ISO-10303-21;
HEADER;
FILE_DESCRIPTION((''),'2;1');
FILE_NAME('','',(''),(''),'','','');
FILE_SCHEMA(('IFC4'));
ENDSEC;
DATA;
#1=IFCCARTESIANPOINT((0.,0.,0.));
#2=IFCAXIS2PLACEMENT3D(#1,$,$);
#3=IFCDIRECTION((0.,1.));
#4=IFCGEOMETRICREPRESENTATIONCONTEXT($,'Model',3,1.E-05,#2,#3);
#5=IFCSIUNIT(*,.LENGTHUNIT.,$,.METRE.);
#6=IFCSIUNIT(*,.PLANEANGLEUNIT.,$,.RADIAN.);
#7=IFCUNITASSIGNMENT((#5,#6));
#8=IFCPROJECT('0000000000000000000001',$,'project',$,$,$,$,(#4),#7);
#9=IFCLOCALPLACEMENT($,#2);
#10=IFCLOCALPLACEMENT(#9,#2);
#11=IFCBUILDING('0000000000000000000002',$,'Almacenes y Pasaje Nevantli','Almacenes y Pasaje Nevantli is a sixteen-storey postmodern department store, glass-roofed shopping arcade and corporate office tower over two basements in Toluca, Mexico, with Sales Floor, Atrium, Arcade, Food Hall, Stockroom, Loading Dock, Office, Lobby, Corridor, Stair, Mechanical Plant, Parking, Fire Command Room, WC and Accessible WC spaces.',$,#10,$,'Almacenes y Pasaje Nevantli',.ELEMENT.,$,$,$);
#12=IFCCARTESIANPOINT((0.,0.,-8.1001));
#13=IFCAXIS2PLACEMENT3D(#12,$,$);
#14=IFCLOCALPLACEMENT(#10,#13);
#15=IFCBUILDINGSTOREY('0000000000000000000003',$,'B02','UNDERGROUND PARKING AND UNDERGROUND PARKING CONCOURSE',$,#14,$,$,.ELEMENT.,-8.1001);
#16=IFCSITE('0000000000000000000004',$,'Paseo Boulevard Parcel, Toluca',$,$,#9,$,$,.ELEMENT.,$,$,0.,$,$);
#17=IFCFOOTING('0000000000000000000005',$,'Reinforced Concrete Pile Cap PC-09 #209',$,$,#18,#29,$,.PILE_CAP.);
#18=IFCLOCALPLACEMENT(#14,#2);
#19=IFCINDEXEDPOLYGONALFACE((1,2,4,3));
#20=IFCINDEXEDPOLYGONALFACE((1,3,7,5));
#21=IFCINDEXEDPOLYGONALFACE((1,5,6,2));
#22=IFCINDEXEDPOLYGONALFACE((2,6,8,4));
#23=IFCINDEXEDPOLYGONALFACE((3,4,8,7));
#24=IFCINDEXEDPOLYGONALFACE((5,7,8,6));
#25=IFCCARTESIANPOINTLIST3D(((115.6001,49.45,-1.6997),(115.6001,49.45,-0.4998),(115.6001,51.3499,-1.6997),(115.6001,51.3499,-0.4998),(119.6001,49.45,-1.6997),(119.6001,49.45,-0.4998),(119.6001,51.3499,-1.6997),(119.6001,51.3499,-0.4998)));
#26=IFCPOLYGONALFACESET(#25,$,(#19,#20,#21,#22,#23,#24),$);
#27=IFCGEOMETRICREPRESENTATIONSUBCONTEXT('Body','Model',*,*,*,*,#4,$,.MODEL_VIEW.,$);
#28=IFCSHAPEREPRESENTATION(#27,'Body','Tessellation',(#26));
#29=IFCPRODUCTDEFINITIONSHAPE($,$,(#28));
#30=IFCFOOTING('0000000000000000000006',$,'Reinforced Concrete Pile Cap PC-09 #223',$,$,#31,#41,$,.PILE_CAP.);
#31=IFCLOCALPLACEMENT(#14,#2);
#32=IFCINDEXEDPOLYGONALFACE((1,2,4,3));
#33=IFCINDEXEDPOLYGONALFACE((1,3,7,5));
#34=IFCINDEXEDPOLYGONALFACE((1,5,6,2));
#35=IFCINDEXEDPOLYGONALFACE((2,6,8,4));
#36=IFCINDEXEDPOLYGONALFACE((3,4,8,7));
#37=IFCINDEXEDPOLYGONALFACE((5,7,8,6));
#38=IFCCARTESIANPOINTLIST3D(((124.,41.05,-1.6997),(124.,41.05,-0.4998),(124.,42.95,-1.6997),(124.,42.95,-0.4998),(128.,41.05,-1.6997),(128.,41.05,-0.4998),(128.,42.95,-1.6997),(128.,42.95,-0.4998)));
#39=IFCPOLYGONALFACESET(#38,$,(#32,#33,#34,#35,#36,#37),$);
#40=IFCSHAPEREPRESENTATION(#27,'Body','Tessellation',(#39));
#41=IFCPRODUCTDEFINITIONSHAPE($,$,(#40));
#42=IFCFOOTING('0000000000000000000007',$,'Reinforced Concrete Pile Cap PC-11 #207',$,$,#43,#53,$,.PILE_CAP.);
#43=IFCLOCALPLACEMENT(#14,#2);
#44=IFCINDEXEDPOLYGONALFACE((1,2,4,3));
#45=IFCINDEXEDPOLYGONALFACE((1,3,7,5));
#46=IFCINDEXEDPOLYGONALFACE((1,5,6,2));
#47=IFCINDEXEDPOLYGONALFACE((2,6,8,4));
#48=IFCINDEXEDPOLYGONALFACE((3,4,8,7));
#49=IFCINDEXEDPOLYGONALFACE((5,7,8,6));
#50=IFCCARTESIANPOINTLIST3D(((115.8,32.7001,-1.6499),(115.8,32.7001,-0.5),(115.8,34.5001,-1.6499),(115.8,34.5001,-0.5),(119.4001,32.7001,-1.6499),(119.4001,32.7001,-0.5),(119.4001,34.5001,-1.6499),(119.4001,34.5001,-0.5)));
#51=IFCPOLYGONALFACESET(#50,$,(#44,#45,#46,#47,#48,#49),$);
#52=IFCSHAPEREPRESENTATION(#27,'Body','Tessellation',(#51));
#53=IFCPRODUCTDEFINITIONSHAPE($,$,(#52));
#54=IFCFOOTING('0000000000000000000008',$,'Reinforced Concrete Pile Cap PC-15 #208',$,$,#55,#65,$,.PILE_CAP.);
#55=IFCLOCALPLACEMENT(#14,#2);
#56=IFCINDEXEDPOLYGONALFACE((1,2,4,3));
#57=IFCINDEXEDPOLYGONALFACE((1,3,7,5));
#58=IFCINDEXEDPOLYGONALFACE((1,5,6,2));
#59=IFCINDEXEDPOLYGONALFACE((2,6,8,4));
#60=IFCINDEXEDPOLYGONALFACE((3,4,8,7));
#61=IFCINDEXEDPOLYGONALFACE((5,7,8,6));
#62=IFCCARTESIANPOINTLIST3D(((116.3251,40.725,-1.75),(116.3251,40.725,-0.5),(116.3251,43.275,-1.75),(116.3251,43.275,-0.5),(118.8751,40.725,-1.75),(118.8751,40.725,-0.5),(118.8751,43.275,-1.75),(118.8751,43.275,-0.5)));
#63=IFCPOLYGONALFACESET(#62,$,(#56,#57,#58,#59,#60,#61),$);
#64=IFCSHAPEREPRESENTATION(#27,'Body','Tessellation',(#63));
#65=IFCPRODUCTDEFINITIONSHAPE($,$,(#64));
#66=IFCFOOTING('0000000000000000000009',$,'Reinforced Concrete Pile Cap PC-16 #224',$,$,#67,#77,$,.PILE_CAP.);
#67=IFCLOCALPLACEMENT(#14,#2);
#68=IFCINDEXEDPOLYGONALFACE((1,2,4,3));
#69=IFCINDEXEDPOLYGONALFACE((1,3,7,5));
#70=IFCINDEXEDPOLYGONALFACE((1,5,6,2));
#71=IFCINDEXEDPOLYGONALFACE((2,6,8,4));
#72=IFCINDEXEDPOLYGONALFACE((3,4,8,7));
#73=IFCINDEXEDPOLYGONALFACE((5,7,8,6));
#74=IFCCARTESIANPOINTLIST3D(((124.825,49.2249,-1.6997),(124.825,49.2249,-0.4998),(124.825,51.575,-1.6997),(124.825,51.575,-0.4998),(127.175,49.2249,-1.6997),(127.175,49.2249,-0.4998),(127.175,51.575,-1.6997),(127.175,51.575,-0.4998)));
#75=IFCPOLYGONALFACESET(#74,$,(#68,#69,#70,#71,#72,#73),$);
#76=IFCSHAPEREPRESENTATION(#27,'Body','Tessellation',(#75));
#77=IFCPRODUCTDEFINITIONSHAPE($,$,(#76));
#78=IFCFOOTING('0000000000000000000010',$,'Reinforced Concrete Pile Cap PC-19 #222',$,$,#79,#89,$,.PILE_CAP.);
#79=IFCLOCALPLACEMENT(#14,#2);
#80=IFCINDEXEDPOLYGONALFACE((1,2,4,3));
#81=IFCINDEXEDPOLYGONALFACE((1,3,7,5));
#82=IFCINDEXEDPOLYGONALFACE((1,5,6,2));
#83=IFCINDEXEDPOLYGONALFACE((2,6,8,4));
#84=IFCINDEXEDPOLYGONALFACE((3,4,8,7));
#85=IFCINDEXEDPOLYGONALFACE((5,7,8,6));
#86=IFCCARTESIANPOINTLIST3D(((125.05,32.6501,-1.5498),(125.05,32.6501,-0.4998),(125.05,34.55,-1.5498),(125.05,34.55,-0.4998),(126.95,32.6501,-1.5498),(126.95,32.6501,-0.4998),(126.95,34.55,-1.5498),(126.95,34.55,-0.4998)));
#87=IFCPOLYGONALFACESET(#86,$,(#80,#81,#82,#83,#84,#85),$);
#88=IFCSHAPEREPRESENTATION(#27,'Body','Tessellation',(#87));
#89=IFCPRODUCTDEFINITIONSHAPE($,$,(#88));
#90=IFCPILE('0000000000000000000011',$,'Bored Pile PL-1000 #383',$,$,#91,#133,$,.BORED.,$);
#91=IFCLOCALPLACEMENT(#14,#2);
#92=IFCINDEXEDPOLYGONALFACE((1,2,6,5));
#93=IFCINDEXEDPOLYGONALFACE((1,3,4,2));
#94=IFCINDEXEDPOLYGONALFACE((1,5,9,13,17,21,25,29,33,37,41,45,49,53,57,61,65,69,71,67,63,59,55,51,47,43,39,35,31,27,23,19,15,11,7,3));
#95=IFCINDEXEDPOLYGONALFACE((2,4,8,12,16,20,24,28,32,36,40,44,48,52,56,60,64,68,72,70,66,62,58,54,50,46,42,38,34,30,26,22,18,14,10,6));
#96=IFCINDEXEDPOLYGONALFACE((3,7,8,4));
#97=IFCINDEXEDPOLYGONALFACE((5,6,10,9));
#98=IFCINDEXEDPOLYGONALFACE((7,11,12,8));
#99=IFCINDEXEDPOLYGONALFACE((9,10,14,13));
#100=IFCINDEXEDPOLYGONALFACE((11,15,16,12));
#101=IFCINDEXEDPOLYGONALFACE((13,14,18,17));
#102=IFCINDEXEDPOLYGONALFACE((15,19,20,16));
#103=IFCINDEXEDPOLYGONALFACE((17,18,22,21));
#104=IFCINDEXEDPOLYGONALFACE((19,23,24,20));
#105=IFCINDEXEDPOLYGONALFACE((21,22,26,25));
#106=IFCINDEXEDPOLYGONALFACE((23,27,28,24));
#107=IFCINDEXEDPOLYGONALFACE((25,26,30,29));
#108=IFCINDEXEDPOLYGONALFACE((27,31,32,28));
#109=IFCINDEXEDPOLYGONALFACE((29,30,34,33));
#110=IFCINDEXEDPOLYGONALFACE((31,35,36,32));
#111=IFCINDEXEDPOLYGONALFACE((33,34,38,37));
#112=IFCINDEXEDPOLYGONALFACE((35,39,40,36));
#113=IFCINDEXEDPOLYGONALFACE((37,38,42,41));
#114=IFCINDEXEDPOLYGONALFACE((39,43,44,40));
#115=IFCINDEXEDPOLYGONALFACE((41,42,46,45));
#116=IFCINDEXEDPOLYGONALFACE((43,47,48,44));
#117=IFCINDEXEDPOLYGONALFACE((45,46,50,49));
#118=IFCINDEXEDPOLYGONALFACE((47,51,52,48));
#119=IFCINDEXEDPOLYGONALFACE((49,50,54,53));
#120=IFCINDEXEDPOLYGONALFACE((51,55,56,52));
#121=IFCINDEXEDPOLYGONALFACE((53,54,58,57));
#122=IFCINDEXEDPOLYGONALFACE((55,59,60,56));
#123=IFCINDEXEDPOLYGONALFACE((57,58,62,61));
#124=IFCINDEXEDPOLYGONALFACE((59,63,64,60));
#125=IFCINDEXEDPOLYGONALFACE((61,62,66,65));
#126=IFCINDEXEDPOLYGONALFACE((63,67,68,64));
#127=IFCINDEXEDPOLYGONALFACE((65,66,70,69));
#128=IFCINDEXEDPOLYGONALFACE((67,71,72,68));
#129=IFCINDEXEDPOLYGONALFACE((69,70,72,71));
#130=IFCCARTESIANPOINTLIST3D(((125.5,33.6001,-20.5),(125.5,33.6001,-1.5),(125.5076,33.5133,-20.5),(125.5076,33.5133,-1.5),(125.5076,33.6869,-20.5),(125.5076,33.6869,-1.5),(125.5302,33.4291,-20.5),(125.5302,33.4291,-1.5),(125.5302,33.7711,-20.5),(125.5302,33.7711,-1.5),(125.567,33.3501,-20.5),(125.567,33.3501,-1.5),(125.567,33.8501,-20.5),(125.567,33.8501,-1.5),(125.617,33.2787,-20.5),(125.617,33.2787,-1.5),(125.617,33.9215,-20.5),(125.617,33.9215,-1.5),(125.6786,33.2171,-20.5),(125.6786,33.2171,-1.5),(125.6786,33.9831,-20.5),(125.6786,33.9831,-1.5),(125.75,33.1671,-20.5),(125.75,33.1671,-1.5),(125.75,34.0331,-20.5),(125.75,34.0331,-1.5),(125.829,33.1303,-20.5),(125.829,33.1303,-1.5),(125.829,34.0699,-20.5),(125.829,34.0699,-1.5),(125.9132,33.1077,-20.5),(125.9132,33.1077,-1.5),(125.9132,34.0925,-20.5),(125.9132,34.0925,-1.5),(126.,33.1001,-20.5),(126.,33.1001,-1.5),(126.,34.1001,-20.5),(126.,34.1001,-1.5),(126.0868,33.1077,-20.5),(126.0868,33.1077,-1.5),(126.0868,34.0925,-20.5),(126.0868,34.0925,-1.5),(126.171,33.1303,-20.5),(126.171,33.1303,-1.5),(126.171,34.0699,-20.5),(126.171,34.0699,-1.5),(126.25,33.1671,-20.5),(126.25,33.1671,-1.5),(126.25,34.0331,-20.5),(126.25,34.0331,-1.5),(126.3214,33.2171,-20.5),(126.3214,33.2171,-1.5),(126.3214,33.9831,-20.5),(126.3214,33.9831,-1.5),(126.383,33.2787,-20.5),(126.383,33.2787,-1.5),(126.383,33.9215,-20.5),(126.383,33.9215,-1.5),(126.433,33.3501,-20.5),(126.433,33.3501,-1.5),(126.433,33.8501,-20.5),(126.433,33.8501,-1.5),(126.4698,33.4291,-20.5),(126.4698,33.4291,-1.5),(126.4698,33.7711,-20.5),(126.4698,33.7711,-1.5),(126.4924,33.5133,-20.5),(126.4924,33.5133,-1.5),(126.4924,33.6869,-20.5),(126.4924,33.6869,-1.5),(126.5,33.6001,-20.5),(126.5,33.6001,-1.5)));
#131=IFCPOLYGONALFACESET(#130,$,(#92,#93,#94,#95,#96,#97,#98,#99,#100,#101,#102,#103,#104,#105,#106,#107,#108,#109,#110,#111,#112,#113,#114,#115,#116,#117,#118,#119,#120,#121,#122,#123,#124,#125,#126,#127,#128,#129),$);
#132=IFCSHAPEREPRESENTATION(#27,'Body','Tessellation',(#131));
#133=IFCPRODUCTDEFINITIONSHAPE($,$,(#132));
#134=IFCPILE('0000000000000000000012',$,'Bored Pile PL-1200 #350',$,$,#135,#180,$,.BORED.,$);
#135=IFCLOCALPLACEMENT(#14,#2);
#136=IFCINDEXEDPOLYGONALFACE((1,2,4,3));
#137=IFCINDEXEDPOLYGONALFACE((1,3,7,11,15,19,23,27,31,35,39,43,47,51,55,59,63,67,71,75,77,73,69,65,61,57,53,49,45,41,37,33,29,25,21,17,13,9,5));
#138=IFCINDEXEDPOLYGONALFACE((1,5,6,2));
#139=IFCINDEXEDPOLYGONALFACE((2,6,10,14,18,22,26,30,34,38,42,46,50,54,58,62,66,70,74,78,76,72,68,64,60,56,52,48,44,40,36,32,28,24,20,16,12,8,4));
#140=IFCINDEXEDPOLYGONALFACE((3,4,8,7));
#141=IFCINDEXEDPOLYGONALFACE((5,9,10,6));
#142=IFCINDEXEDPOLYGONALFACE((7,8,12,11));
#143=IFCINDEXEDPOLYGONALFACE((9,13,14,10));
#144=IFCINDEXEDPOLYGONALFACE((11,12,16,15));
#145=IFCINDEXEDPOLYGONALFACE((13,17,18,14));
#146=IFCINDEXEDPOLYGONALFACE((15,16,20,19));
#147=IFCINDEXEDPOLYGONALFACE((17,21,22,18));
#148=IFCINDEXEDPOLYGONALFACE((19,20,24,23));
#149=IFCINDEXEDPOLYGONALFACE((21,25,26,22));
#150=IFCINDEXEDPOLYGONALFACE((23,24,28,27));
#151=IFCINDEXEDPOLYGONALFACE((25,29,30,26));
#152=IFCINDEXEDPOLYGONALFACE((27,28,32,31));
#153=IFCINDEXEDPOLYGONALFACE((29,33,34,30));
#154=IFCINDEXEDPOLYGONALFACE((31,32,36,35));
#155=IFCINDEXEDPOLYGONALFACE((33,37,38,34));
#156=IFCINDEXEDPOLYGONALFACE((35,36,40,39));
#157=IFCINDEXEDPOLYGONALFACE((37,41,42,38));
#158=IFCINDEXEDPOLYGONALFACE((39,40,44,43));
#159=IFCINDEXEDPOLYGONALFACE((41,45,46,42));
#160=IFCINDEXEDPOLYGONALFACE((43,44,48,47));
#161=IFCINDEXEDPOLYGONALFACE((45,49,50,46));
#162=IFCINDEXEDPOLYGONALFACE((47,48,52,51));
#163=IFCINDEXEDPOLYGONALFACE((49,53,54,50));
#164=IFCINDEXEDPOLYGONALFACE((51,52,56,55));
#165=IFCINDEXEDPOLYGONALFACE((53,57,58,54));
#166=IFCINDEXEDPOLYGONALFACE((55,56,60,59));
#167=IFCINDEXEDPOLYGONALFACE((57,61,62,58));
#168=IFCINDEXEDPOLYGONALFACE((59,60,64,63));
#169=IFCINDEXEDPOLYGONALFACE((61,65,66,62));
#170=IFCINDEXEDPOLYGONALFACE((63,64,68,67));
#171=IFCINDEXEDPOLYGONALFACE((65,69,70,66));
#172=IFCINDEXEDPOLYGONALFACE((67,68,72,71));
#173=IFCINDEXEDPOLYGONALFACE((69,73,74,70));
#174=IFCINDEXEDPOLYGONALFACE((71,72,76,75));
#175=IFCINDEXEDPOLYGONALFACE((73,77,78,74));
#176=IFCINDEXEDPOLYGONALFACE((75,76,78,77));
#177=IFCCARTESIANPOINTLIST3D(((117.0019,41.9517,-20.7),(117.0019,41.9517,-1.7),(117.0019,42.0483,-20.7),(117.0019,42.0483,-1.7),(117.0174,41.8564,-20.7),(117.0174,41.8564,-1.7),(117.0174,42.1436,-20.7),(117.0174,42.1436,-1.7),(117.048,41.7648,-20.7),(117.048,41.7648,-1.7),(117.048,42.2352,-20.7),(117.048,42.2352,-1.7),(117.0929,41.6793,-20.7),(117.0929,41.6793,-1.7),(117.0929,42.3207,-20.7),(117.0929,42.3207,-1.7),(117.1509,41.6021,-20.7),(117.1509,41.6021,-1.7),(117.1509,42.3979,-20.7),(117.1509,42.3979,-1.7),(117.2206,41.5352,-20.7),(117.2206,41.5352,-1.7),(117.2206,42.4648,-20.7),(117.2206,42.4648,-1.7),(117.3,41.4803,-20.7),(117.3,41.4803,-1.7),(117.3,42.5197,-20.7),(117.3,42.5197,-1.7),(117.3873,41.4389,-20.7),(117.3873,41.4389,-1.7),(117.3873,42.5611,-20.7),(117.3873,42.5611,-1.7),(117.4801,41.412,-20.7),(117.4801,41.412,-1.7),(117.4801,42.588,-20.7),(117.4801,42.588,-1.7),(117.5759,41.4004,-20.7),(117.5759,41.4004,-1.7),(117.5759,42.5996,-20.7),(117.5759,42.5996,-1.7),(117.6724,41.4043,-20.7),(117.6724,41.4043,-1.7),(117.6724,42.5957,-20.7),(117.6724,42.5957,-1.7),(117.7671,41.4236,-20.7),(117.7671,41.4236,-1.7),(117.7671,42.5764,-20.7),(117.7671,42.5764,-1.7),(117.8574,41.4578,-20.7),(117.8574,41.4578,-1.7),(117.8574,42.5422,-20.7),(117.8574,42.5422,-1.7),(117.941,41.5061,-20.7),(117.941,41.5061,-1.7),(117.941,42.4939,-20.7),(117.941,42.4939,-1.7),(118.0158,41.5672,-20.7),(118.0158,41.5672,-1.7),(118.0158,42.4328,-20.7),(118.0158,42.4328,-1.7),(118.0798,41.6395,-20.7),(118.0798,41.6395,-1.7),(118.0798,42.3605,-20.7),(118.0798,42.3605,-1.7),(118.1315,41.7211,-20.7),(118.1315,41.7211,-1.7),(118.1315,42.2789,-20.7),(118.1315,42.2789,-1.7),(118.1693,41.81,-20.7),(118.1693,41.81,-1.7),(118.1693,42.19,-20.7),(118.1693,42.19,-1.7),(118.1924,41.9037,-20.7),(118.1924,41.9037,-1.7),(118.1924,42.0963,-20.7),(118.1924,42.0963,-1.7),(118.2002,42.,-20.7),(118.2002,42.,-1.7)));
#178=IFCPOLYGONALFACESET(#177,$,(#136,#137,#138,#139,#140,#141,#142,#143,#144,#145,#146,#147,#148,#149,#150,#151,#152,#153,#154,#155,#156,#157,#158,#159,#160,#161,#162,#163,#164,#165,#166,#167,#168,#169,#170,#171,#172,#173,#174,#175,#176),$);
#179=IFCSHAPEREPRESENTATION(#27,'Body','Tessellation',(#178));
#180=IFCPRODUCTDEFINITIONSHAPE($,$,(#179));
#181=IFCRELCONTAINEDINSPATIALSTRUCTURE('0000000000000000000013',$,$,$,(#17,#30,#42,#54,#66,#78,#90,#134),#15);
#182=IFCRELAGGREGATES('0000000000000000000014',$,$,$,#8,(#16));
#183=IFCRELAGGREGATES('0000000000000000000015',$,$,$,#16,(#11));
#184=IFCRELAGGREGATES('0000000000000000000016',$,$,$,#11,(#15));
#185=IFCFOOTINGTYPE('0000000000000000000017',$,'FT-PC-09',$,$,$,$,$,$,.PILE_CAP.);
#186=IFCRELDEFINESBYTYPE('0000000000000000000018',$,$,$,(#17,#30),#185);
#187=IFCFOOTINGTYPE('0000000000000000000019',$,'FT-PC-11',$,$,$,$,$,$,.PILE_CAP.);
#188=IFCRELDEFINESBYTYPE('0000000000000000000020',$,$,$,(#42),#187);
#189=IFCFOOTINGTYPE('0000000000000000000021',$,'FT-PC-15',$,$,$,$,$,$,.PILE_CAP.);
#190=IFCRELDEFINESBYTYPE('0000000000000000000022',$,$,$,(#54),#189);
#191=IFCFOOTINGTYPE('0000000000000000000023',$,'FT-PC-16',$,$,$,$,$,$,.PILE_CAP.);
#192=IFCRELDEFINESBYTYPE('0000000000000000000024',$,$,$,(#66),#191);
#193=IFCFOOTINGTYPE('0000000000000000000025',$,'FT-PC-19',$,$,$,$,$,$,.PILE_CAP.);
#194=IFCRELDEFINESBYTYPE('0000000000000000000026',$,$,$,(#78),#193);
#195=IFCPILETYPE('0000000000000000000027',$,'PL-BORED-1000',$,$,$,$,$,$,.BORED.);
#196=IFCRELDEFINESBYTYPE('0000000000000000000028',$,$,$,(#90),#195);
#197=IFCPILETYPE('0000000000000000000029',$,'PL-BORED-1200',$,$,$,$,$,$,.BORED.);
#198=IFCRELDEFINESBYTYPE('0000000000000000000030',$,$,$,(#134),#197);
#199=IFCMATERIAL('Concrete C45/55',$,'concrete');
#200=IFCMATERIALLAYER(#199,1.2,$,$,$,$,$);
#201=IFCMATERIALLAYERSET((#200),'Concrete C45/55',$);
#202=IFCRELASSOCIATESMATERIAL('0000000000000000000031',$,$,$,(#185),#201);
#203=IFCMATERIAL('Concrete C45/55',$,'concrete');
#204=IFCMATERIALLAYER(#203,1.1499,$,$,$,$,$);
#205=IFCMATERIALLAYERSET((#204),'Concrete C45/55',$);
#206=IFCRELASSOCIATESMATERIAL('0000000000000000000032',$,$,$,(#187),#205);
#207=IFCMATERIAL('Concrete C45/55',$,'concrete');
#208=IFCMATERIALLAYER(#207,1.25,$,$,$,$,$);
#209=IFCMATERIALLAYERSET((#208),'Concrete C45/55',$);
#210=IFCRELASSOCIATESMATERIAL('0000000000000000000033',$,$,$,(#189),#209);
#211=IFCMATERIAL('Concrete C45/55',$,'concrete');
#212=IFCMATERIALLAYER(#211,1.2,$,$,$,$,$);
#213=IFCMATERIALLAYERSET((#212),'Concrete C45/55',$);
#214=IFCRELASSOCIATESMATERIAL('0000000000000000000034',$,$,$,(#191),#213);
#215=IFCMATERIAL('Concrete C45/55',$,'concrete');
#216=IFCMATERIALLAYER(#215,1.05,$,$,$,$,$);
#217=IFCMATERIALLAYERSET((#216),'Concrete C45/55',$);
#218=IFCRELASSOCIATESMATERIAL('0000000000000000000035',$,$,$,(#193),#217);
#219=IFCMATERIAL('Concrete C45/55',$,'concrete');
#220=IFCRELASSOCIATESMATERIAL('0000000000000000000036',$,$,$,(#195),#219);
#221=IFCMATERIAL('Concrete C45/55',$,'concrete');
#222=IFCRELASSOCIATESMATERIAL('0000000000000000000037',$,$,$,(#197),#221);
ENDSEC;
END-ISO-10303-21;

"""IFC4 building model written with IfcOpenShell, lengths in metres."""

from ifc_helpers import new_model, si_unit, direction, frame, origin, origin_2d, place, context, subcontext, project, spatial, rectangle, circle, extrude, material, layer, layer_set, material_profile, profile_set, type_object, element, save


model = new_model("IFC4")

# Units and contexts
model_context = context("Model", 3, precision=1e-05, world=origin(), true_north=direction((0.0, 1.0)))
body_context = subcontext(model_context, "Body", "Model", "MODEL_VIEW")
ifc_project = project(units=[si_unit("LENGTHUNIT", "METRE"), si_unit("PLANEANGLEUNIT", "RADIAN")], contexts=[model_context])

# Site, building, storey
site_placement = place(None, origin())
site = spatial("IfcSite", under=ifc_project, at=site_placement, Name="Paseo Boulevard Parcel, Toluca", CompositionType="ELEMENT", RefElevation=0.0)
building_placement = place(site_placement, origin())
building = spatial("IfcBuilding", under=site, at=building_placement, Name="Almacenes y Pasaje Nevantli", Description="Almacenes y Pasaje Nevantli is a sixteen-storey postmodern department store, glass-roofed shopping arcade and corporate office tower over two basements in Toluca, Mexico, with Sales Floor, Atrium, Arcade, Food Hall, Stockroom, Loading Dock, Office, Lobby, Corridor, Stair, Mechanical Plant, Parking, Fire Command Room, WC and Accessible WC spaces.", LongName="Almacenes y Pasaje Nevantli", CompositionType="ELEMENT")
storey_placement = place(building_placement, frame((0.0, 0.0, -8.1001)))
storey = spatial("IfcBuildingStorey", under=building, at=storey_placement, Name="B02", Description="UNDERGROUND PARKING AND UNDERGROUND PARKING CONCOURSE", CompositionType="ELEMENT", Elevation=-8.1001)

# Footings
ifc_material_1 = material(Name="Concrete C45/55", Category="concrete")
ifc_layer_1 = layer(ifc_material_1, 1.2)
ifc_layer_set_1 = layer_set([ifc_layer_1], Name="Concrete C45/55")
footing_type_1 = type_object("IfcFootingType", Name="FT-PC-09", PredefinedType="PILE_CAP", material=ifc_layer_set_1)
for number, where, z_axis, x_axis, name in (
    (1, (117.6001, 50.3999, -1.6997), (0.0, 0.0, 1.0), (1.0, 0.0, 0.0), "Reinforced Concrete Pile Cap PC-09 #209"),
    (2, (126.0, 42.0, -1.6997), (0.0, 0.0, 1.0), (1.0, 0.0, 0.0), "Reinforced Concrete Pile Cap PC-09 #223"),
):
    element("IfcFooting", number, at=place(storey_placement, frame(where, z_axis=z_axis, x_axis=x_axis)), inside=storey, type_object=footing_type_1, Name=name, PredefinedType="PILE_CAP", context=body_context, shape_type="SweptSolid", body=[
        extrude(rectangle(XDim=4.0, YDim=1.8999, at=origin_2d()), origin(), (0.0, 0.0, 1.0), 1.2),
    ])
ifc_material_2 = material(Name="Concrete C45/55", Category="concrete")
ifc_layer_2 = layer(ifc_material_2, 1.1499)
ifc_layer_set_2 = layer_set([ifc_layer_2], Name="Concrete C45/55")
footing_type_2 = type_object("IfcFootingType", Name="FT-PC-11", PredefinedType="PILE_CAP", material=ifc_layer_set_2)
footing_1_placement = place(storey_placement, frame((117.6001, 33.6001, -1.6499), z_axis=(0.0, 0.0, 1.0), x_axis=(1.0, 0.0, 0.0)))
element("IfcFooting", 3, at=footing_1_placement, inside=storey, type_object=footing_type_2, Name="Reinforced Concrete Pile Cap PC-11 #207", PredefinedType="PILE_CAP", context=body_context, shape_type="SweptSolid", body=[
    extrude(rectangle(XDim=3.6001, YDim=1.8, at=origin_2d()), origin(), (0.0, 0.0, 1.0), 1.1499),
])
ifc_material_3 = material(Name="Concrete C45/55", Category="concrete")
ifc_layer_3 = layer(ifc_material_3, 1.25)
ifc_layer_set_3 = layer_set([ifc_layer_3], Name="Concrete C45/55")
footing_type_3 = type_object("IfcFootingType", Name="FT-PC-15", PredefinedType="PILE_CAP", material=ifc_layer_set_3)
footing_2_placement = place(storey_placement, frame((117.6001, 42.0, -1.75), z_axis=(0.0, 0.0, 1.0), x_axis=(1.0, 0.0, 0.0)))
element("IfcFooting", 4, at=footing_2_placement, inside=storey, type_object=footing_type_3, Name="Reinforced Concrete Pile Cap PC-15 #208", PredefinedType="PILE_CAP", context=body_context, shape_type="SweptSolid", body=[
    extrude(rectangle(XDim=2.55, YDim=2.55, at=origin_2d()), origin(), (0.0, 0.0, 1.0), 1.25),
])
ifc_material_4 = material(Name="Concrete C45/55", Category="concrete")
ifc_layer_4 = layer(ifc_material_4, 1.2)
ifc_layer_set_4 = layer_set([ifc_layer_4], Name="Concrete C45/55")
footing_type_4 = type_object("IfcFootingType", Name="FT-PC-16", PredefinedType="PILE_CAP", material=ifc_layer_set_4)
footing_3_placement = place(storey_placement, frame((126.0, 50.3999, -1.6997), z_axis=(0.0, 0.0, 1.0), x_axis=(1.0, 0.0, 0.0)))
element("IfcFooting", 5, at=footing_3_placement, inside=storey, type_object=footing_type_4, Name="Reinforced Concrete Pile Cap PC-16 #224", PredefinedType="PILE_CAP", context=body_context, shape_type="SweptSolid", body=[
    extrude(rectangle(XDim=2.3501, YDim=2.3501, at=origin_2d()), origin(), (0.0, 0.0, 1.0), 1.2),
])
ifc_material_5 = material(Name="Concrete C45/55", Category="concrete")
ifc_layer_5 = layer(ifc_material_5, 1.05)
ifc_layer_set_5 = layer_set([ifc_layer_5], Name="Concrete C45/55")
footing_type_5 = type_object("IfcFootingType", Name="FT-PC-19", PredefinedType="PILE_CAP", material=ifc_layer_set_5)
footing_4_placement = place(storey_placement, frame((126.0, 33.6001, -1.5498), z_axis=(0.0, 0.0, 1.0), x_axis=(1.0, 0.0, 0.0)))
element("IfcFooting", 6, at=footing_4_placement, inside=storey, type_object=footing_type_5, Name="Reinforced Concrete Pile Cap PC-19 #222", PredefinedType="PILE_CAP", context=body_context, shape_type="SweptSolid", body=[
    extrude(rectangle(XDim=1.8999, YDim=1.8999, at=origin_2d()), origin(), (0.0, 0.0, 1.0), 1.05),
])

# Piles
ifc_material_6 = material(Name="Concrete C45/55", Category="concrete")
ifc_material_profile_1 = material_profile(ifc_material_6, circle(Radius=0.5, at=origin_2d()), Name="RC-PILE-D1000")
ifc_profile_set_1 = profile_set([ifc_material_profile_1], Name="Concrete C45/55")
pile_type_1 = type_object("IfcPileType", Name="PL-BORED-1000", PredefinedType="BORED", material=ifc_profile_set_1)
pile_placement = place(storey_placement, frame((126.0, 33.6001, -1.5), z_axis=(0.0, 0.0, -1.0), x_axis=(1.0, 0.0, 0.0)))
element("IfcPile", 7, at=pile_placement, inside=storey, type_object=pile_type_1, Name="Bored Pile PL-1000 #383", PredefinedType="BORED", context=body_context, shape_type="SweptSolid", body=[
    extrude(circle(Radius=0.5, at=origin_2d()), origin(), (0.0, 0.0, 1.0), 19.0),
])
ifc_material_7 = material(Name="Concrete C45/55", Category="concrete")
ifc_material_profile_2 = material_profile(ifc_material_7, circle(Radius=0.6001, at=origin_2d()), Name="RC-PILE-D1200")
ifc_profile_set_2 = profile_set([ifc_material_profile_2], Name="Concrete C45/55")
pile_type_2 = type_object("IfcPileType", Name="PL-BORED-1200", PredefinedType="BORED", material=ifc_profile_set_2)
for number, where, z_axis, x_axis, name in (
    (8, (117.6001, 42.0, -1.7), (0.0, 0.0, -1.0), (1.0, 0.0, 0.0), "Bored Pile PL-1200 #350"),
):
    element("IfcPile", number, at=place(storey_placement, frame(where, z_axis=z_axis, x_axis=x_axis)), inside=storey, type_object=pile_type_2, Name=name, PredefinedType="BORED", context=body_context, shape_type="SweptSolid", body=[
        extrude(circle(Radius=0.6001, at=origin_2d()), origin(), (0.0, 0.0, 1.0), 19.0),
    ])

save(model, "model.ifc")
